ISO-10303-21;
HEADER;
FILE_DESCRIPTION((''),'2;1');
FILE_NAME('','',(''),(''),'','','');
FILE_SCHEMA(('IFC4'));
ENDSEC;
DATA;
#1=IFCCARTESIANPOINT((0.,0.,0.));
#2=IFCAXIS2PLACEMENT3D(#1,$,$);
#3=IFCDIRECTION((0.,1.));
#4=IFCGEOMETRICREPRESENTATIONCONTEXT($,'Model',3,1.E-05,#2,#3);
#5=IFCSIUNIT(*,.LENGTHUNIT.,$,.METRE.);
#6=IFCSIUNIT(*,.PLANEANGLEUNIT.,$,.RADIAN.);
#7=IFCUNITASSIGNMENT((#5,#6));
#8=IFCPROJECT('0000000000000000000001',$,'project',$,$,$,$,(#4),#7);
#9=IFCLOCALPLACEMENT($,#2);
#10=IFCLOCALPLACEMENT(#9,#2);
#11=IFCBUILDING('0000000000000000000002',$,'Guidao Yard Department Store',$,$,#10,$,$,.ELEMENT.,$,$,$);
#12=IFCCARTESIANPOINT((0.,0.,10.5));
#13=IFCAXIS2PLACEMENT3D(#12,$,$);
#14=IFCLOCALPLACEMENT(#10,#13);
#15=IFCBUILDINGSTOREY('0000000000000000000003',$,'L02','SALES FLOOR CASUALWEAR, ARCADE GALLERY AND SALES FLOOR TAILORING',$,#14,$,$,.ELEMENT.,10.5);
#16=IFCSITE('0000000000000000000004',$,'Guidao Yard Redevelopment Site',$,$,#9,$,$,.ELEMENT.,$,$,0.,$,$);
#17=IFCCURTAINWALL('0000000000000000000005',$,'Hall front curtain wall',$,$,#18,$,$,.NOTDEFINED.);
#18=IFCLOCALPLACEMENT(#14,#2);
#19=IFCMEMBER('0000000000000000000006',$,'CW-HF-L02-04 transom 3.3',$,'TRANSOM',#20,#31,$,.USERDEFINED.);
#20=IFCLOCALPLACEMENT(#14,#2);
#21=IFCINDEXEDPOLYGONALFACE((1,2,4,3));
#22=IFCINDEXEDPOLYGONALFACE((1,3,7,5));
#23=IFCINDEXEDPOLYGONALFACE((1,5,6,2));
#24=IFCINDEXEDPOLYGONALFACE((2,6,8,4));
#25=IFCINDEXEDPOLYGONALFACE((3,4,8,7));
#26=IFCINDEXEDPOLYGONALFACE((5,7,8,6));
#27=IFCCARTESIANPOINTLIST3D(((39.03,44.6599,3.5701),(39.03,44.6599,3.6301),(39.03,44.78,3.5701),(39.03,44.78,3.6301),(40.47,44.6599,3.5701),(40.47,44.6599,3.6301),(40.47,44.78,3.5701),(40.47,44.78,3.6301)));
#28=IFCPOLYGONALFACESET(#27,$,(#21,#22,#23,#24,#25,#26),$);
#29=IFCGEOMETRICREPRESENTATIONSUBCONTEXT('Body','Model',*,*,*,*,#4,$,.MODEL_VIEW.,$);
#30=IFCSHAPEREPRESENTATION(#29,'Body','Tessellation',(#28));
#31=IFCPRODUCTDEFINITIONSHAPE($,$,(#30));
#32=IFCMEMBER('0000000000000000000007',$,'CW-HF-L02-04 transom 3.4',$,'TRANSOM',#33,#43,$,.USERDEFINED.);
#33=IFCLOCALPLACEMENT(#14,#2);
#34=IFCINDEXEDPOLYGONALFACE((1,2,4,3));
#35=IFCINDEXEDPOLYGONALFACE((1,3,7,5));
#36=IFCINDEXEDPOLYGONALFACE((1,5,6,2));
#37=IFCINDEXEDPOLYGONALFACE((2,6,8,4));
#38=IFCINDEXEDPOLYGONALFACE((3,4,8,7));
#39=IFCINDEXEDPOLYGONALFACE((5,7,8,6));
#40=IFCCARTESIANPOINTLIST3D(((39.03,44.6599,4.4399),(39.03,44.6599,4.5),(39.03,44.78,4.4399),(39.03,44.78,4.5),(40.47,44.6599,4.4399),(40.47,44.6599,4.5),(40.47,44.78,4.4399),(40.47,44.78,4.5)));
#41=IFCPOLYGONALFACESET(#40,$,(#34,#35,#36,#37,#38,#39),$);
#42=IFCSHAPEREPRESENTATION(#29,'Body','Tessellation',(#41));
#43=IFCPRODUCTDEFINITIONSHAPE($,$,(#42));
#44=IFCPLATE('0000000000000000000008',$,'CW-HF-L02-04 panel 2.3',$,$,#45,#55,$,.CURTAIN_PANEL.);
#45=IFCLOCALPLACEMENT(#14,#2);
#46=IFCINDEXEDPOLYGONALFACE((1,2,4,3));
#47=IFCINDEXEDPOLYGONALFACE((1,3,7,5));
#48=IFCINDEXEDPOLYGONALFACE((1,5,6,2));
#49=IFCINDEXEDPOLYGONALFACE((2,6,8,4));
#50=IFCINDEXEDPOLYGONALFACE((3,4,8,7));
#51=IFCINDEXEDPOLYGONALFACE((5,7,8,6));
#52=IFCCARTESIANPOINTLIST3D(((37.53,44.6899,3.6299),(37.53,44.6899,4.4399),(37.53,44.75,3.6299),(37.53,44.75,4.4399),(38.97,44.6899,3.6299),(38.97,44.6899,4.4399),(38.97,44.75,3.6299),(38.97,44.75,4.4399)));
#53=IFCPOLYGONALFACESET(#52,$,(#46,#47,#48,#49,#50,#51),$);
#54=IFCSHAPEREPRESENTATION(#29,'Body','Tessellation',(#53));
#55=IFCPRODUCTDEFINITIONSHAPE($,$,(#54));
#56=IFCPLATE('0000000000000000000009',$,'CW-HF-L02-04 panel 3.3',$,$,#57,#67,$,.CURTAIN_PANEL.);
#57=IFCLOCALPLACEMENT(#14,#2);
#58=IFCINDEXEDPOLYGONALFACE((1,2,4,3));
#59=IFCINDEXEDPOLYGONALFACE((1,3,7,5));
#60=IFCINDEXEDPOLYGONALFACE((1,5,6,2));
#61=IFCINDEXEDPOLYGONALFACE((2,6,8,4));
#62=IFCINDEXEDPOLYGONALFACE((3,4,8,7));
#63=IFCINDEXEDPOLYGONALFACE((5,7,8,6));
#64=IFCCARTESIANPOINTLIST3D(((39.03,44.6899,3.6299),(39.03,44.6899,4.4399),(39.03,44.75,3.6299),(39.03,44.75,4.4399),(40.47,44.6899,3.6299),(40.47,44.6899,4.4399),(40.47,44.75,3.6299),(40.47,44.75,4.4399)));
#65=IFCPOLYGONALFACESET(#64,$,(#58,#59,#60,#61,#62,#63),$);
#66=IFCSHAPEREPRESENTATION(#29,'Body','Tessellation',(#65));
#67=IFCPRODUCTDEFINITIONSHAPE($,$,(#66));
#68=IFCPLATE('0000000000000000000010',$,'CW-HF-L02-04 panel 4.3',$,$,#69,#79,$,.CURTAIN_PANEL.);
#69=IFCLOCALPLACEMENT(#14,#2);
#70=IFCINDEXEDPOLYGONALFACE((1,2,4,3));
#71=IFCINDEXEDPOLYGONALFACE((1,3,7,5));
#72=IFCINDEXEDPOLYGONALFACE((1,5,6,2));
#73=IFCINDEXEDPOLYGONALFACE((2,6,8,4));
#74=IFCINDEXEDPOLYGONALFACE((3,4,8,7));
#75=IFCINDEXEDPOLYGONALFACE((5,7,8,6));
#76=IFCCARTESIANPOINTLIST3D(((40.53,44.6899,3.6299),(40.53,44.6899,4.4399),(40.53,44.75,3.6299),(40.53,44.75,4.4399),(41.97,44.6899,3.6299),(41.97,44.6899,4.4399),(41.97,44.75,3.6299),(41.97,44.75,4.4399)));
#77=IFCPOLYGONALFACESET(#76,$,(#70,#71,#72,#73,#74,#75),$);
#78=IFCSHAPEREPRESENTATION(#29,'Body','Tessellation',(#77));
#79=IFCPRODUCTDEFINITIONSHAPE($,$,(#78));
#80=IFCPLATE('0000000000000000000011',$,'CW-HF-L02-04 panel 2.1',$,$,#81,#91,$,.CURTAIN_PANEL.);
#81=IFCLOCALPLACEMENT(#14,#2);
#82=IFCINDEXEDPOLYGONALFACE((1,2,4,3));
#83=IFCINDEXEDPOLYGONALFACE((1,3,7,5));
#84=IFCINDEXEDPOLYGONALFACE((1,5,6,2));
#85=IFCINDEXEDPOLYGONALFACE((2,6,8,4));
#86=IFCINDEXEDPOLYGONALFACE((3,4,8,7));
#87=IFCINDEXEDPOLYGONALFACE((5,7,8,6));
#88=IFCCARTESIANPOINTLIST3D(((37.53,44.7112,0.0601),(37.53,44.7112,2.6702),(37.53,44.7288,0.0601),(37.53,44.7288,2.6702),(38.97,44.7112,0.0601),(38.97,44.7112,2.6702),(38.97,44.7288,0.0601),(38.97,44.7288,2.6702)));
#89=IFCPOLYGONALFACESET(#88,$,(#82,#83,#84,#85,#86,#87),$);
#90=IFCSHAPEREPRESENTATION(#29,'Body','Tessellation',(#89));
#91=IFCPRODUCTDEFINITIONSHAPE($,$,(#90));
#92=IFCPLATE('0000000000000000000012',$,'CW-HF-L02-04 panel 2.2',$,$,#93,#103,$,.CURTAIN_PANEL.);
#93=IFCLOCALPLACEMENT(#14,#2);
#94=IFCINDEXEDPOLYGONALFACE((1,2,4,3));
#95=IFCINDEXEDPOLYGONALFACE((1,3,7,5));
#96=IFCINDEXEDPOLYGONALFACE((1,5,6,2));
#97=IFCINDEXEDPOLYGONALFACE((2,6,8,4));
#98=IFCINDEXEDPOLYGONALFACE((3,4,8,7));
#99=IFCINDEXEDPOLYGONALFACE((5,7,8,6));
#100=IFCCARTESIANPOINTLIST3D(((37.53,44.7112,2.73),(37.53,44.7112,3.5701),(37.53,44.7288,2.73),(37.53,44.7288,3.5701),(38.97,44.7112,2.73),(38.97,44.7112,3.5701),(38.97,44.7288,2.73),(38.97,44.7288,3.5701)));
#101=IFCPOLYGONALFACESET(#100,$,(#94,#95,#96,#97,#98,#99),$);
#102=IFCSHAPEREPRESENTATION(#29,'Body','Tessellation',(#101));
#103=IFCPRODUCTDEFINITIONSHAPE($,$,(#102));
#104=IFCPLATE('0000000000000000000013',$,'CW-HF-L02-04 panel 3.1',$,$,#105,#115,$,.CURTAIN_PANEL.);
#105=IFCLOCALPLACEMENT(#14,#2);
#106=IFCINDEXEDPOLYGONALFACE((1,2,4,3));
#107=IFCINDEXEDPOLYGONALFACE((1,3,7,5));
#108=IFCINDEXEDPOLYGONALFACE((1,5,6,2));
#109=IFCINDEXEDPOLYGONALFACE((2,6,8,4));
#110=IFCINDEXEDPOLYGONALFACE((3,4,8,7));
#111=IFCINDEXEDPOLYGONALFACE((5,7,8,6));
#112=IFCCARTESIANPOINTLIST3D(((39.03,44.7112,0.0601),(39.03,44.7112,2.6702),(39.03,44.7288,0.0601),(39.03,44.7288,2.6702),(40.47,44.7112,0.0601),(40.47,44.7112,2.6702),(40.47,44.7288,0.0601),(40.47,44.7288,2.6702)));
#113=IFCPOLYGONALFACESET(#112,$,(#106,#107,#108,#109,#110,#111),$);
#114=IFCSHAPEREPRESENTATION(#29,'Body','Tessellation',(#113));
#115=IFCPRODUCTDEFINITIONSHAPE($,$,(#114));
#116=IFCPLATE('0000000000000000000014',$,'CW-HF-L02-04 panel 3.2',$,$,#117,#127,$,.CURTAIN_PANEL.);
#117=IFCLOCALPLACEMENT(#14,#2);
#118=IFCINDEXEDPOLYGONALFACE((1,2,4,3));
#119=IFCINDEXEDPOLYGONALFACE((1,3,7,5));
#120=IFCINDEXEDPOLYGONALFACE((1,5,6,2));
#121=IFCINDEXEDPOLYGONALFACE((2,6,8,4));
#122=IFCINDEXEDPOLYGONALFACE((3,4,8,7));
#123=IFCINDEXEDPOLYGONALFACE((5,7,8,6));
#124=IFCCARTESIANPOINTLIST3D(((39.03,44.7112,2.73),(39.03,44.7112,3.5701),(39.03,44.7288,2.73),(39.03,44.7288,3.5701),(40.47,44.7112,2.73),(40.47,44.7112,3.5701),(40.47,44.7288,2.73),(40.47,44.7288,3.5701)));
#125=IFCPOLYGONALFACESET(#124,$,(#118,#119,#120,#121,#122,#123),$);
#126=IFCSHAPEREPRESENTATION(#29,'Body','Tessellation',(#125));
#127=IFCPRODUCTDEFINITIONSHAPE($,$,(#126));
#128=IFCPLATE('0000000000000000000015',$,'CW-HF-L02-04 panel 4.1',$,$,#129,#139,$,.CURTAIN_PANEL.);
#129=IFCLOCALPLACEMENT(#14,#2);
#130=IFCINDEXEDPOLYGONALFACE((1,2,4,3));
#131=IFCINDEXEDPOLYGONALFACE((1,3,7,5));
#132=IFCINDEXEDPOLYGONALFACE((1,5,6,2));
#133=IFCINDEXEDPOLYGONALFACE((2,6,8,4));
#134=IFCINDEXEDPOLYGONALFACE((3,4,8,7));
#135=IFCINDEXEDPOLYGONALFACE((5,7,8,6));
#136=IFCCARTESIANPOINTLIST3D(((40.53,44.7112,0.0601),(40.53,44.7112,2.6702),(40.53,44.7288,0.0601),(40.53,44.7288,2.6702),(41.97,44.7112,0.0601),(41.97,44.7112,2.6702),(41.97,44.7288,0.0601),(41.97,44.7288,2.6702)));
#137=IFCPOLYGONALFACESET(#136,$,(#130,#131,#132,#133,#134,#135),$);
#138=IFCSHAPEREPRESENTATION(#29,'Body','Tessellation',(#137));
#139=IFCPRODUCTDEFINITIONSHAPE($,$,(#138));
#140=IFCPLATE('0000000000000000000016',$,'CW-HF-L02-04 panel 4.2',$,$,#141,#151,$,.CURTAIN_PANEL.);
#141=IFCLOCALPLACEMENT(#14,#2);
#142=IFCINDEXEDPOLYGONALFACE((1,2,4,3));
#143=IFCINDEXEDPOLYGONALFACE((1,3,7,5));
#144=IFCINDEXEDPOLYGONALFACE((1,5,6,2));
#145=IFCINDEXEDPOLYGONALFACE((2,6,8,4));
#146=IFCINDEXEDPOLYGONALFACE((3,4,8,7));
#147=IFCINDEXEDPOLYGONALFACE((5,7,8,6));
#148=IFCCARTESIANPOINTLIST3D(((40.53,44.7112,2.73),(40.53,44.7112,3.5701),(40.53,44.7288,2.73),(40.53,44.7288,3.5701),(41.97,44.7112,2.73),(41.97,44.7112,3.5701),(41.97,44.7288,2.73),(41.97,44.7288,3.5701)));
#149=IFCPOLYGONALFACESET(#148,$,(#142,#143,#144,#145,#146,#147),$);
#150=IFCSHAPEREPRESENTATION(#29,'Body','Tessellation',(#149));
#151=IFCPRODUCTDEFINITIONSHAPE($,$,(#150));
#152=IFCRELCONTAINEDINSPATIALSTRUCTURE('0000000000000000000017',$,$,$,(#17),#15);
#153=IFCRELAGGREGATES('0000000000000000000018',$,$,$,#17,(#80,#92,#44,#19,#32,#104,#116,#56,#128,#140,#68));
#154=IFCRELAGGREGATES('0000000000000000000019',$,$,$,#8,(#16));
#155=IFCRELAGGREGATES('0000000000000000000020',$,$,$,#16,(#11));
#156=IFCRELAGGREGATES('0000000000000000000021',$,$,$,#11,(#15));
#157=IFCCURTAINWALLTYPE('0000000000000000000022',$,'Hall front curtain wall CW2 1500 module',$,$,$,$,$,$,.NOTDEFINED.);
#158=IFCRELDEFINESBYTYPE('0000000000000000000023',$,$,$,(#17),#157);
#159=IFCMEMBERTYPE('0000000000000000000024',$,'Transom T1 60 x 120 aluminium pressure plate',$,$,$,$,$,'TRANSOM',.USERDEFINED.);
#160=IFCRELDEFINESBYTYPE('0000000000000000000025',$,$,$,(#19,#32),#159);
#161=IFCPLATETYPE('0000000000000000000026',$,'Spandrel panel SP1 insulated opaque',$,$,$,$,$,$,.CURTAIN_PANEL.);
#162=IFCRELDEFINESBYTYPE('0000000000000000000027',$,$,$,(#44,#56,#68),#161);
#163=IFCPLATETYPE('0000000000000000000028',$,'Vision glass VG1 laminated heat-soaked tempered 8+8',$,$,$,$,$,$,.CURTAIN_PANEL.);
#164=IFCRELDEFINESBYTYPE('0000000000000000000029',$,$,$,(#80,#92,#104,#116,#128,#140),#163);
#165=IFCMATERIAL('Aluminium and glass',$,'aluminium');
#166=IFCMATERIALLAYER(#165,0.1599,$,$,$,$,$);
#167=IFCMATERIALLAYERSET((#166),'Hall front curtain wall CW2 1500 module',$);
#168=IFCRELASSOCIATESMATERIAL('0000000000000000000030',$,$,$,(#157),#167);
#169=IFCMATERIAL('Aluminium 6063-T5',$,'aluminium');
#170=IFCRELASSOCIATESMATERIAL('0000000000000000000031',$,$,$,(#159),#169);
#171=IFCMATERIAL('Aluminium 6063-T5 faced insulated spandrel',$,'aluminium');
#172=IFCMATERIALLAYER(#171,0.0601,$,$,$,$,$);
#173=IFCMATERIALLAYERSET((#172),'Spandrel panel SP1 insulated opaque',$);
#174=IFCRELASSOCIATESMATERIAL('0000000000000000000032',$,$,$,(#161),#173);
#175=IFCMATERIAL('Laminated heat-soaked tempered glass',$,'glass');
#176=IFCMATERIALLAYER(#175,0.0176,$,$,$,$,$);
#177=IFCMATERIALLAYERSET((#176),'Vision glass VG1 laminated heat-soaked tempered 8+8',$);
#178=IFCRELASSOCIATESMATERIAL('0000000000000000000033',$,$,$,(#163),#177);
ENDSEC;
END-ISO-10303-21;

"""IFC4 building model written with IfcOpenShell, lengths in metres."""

from ifc_helpers import new_model, si_unit, direction, frame, origin, origin_2d, place, context, subcontext, project, spatial, rectangle, extrude, material, layer, layer_set, material_profile, profile_set, type_object, element, aggregate, save


model = new_model("IFC4")

# Units and contexts
model_context = context("Model", 3, precision=1e-05, world=origin(), true_north=direction((0.0, 1.0)))
body_context = subcontext(model_context, "Body", "Model", "MODEL_VIEW")
ifc_project = project(units=[si_unit("LENGTHUNIT", "METRE"), si_unit("PLANEANGLEUNIT", "RADIAN")], contexts=[model_context])

# Site, building, storey
site_placement = place(None, origin())
site = spatial("IfcSite", under=ifc_project, at=site_placement, Name="Guidao Yard Redevelopment Site", CompositionType="ELEMENT", RefElevation=0.0)
building_placement = place(site_placement, origin())
building = spatial("IfcBuilding", under=site, at=building_placement, Name="Guidao Yard Department Store", CompositionType="ELEMENT")
storey_placement = place(building_placement, frame((0.0, 0.0, 10.5)))
storey = spatial("IfcBuildingStorey", under=building, at=storey_placement, Name="L02", Description="SALES FLOOR CASUALWEAR, ARCADE GALLERY AND SALES FLOOR TAILORING", CompositionType="ELEMENT", Elevation=10.5)

# Curtain wall
ifc_material_1 = material(Name="Aluminium and glass", Category="aluminium")
ifc_layer_1 = layer(ifc_material_1, 0.1599)
ifc_layer_set_1 = layer_set([ifc_layer_1], Name="Hall front curtain wall CW2 1500 module")
curtain_wall_type = type_object("IfcCurtainWallType", Name="Hall front curtain wall CW2 1500 module", PredefinedType="NOTDEFINED", material=ifc_layer_set_1)
curtain_wall_placement = place(storey_placement, origin())
curtain_wall = element("IfcCurtainWall", 1, at=curtain_wall_placement, inside=storey, type_object=curtain_wall_type, Name="Hall front curtain wall", PredefinedType="NOTDEFINED")

# Members
ifc_material_2 = material(Name="Aluminium 6063-T5", Category="aluminium")
ifc_material_profile_1 = material_profile(ifc_material_2, rectangle(XDim=0.1201, YDim=0.0601, at=origin_2d()), Name="Transom T1 60 x 120 aluminium pressure plate")
ifc_profile_set_1 = profile_set([ifc_material_profile_1], Name="Aluminium 6063-T5")
member_type_1 = type_object("IfcMemberType", Name="Transom T1 60 x 120 aluminium pressure plate", ElementType="TRANSOM", PredefinedType="USERDEFINED", material=ifc_profile_set_1)
member_1_placement = place(storey_placement, frame((40.47, 44.72, 3.6001), z_axis=(-1.0, 0.0, 0.0), x_axis=(0.0, -1.0, 0.0)))
member_1 = element("IfcMember", 2, at=member_1_placement, type_object=member_type_1, Name="CW-HF-L02-04 transom 3.3", ObjectType="TRANSOM", PredefinedType="USERDEFINED", context=body_context, shape_type="SweptSolid", body=[
    extrude(rectangle(XDim=0.1201, YDim=0.0601, at=origin_2d()), origin(), (0.0, 0.0, 1.0), 1.4399),
])
member_2_placement = place(storey_placement, frame((40.47, 44.72, 4.47), z_axis=(-1.0, 0.0, 0.0), x_axis=(0.0, -1.0, 0.0)))
member_2 = element("IfcMember", 3, at=member_2_placement, type_object=member_type_1, Name="CW-HF-L02-04 transom 3.4", ObjectType="TRANSOM", PredefinedType="USERDEFINED", context=body_context, shape_type="SweptSolid", body=[
    extrude(rectangle(XDim=0.1201, YDim=0.0601, at=origin_2d()), origin(), (0.0, 0.0, 1.0), 1.4399),
])

# Plates
ifc_material_3 = material(Name="Aluminium 6063-T5 faced insulated spandrel", Category="aluminium")
ifc_layer_2 = layer(ifc_material_3, 0.0601)
ifc_layer_set_2 = layer_set([ifc_layer_2], Name="Spandrel panel SP1 insulated opaque")
plate_type_1 = type_object("IfcPlateType", Name="Spandrel panel SP1 insulated opaque", PredefinedType="CURTAIN_PANEL", material=ifc_layer_set_2)
plate_1_placement = place(storey_placement, frame((38.25, 44.72, 3.6299), z_axis=(0.0, 0.0, 1.0), x_axis=(-1.0, 0.0, 0.0)))
plate_1 = element("IfcPlate", 4, at=plate_1_placement, type_object=plate_type_1, Name="CW-HF-L02-04 panel 2.3", PredefinedType="CURTAIN_PANEL", context=body_context, shape_type="SweptSolid", body=[
    extrude(rectangle(XDim=1.4399, YDim=0.0601, at=origin_2d()), origin(), (0.0, 0.0, 1.0), 0.8101),
])
plate_2_placement = place(storey_placement, frame((39.75, 44.72, 3.6299), z_axis=(0.0, 0.0, 1.0), x_axis=(-1.0, 0.0, 0.0)))
plate_2 = element("IfcPlate", 5, at=plate_2_placement, type_object=plate_type_1, Name="CW-HF-L02-04 panel 3.3", PredefinedType="CURTAIN_PANEL", context=body_context, shape_type="SweptSolid", body=[
    extrude(rectangle(XDim=1.4399, YDim=0.0601, at=origin_2d()), origin(), (0.0, 0.0, 1.0), 0.8101),
])
plate_3_placement = place(storey_placement, frame((41.25, 44.72, 3.6299), z_axis=(0.0, 0.0, 1.0), x_axis=(-1.0, 0.0, 0.0)))
plate_3 = element("IfcPlate", 6, at=plate_3_placement, type_object=plate_type_1, Name="CW-HF-L02-04 panel 4.3", PredefinedType="CURTAIN_PANEL", context=body_context, shape_type="SweptSolid", body=[
    extrude(rectangle(XDim=1.4399, YDim=0.0601, at=origin_2d()), origin(), (0.0, 0.0, 1.0), 0.8101),
])
ifc_material_4 = material(Name="Laminated heat-soaked tempered glass", Category="glass")
ifc_layer_3 = layer(ifc_material_4, 0.0176)
ifc_layer_set_3 = layer_set([ifc_layer_3], Name="Vision glass VG1 laminated heat-soaked tempered 8+8")
plate_type_2 = type_object("IfcPlateType", Name="Vision glass VG1 laminated heat-soaked tempered 8+8", PredefinedType="CURTAIN_PANEL", material=ifc_layer_set_3)
plate_4_placement = place(storey_placement, frame((38.25, 44.72, 0.0601), z_axis=(0.0, 0.0, 1.0), x_axis=(-1.0, 0.0, 0.0)))
plate_4 = element("IfcPlate", 7, at=plate_4_placement, type_object=plate_type_2, Name="CW-HF-L02-04 panel 2.1", PredefinedType="CURTAIN_PANEL", context=body_context, shape_type="SweptSolid", body=[
    extrude(rectangle(XDim=1.4399, YDim=0.0176, at=origin_2d()), origin(), (0.0, 0.0, 1.0), 2.6101),
])
plate_5_placement = place(storey_placement, frame((38.25, 44.72, 2.73), z_axis=(0.0, 0.0, 1.0), x_axis=(-1.0, 0.0, 0.0)))
plate_5 = element("IfcPlate", 8, at=plate_5_placement, type_object=plate_type_2, Name="CW-HF-L02-04 panel 2.2", PredefinedType="CURTAIN_PANEL", context=body_context, shape_type="SweptSolid", body=[
    extrude(rectangle(XDim=1.4399, YDim=0.0176, at=origin_2d()), origin(), (0.0, 0.0, 1.0), 0.8401),
])
plate_6_placement = place(storey_placement, frame((39.75, 44.72, 0.0601), z_axis=(0.0, 0.0, 1.0), x_axis=(-1.0, 0.0, 0.0)))
plate_6 = element("IfcPlate", 9, at=plate_6_placement, type_object=plate_type_2, Name="CW-HF-L02-04 panel 3.1", PredefinedType="CURTAIN_PANEL", context=body_context, shape_type="SweptSolid", body=[
    extrude(rectangle(XDim=1.4399, YDim=0.0176, at=origin_2d()), origin(), (0.0, 0.0, 1.0), 2.6101),
])
plate_7_placement = place(storey_placement, frame((39.75, 44.72, 2.73), z_axis=(0.0, 0.0, 1.0), x_axis=(-1.0, 0.0, 0.0)))
plate_7 = element("IfcPlate", 10, at=plate_7_placement, type_object=plate_type_2, Name="CW-HF-L02-04 panel 3.2", PredefinedType="CURTAIN_PANEL", context=body_context, shape_type="SweptSolid", body=[
    extrude(rectangle(XDim=1.4399, YDim=0.0176, at=origin_2d()), origin(), (0.0, 0.0, 1.0), 0.8401),
])
plate_8_placement = place(storey_placement, frame((41.25, 44.72, 0.0601), z_axis=(0.0, 0.0, 1.0), x_axis=(-1.0, 0.0, 0.0)))
plate_8 = element("IfcPlate", 11, at=plate_8_placement, type_object=plate_type_2, Name="CW-HF-L02-04 panel 4.1", PredefinedType="CURTAIN_PANEL", context=body_context, shape_type="SweptSolid", body=[
    extrude(rectangle(XDim=1.4399, YDim=0.0176, at=origin_2d()), origin(), (0.0, 0.0, 1.0), 2.6101),
])
plate_9_placement = place(storey_placement, frame((41.25, 44.72, 2.73), z_axis=(0.0, 0.0, 1.0), x_axis=(-1.0, 0.0, 0.0)))
plate_9 = element("IfcPlate", 12, at=plate_9_placement, type_object=plate_type_2, Name="CW-HF-L02-04 panel 4.2", PredefinedType="CURTAIN_PANEL", context=body_context, shape_type="SweptSolid", body=[
    extrude(rectangle(XDim=1.4399, YDim=0.0176, at=origin_2d()), origin(), (0.0, 0.0, 1.0), 0.8401),
])
aggregate(curtain_wall, [plate_4, plate_5, plate_1, member_1, member_2, plate_6, plate_7, plate_2, plate_8, plate_9, plate_3])

save(model, "model.ifc")
